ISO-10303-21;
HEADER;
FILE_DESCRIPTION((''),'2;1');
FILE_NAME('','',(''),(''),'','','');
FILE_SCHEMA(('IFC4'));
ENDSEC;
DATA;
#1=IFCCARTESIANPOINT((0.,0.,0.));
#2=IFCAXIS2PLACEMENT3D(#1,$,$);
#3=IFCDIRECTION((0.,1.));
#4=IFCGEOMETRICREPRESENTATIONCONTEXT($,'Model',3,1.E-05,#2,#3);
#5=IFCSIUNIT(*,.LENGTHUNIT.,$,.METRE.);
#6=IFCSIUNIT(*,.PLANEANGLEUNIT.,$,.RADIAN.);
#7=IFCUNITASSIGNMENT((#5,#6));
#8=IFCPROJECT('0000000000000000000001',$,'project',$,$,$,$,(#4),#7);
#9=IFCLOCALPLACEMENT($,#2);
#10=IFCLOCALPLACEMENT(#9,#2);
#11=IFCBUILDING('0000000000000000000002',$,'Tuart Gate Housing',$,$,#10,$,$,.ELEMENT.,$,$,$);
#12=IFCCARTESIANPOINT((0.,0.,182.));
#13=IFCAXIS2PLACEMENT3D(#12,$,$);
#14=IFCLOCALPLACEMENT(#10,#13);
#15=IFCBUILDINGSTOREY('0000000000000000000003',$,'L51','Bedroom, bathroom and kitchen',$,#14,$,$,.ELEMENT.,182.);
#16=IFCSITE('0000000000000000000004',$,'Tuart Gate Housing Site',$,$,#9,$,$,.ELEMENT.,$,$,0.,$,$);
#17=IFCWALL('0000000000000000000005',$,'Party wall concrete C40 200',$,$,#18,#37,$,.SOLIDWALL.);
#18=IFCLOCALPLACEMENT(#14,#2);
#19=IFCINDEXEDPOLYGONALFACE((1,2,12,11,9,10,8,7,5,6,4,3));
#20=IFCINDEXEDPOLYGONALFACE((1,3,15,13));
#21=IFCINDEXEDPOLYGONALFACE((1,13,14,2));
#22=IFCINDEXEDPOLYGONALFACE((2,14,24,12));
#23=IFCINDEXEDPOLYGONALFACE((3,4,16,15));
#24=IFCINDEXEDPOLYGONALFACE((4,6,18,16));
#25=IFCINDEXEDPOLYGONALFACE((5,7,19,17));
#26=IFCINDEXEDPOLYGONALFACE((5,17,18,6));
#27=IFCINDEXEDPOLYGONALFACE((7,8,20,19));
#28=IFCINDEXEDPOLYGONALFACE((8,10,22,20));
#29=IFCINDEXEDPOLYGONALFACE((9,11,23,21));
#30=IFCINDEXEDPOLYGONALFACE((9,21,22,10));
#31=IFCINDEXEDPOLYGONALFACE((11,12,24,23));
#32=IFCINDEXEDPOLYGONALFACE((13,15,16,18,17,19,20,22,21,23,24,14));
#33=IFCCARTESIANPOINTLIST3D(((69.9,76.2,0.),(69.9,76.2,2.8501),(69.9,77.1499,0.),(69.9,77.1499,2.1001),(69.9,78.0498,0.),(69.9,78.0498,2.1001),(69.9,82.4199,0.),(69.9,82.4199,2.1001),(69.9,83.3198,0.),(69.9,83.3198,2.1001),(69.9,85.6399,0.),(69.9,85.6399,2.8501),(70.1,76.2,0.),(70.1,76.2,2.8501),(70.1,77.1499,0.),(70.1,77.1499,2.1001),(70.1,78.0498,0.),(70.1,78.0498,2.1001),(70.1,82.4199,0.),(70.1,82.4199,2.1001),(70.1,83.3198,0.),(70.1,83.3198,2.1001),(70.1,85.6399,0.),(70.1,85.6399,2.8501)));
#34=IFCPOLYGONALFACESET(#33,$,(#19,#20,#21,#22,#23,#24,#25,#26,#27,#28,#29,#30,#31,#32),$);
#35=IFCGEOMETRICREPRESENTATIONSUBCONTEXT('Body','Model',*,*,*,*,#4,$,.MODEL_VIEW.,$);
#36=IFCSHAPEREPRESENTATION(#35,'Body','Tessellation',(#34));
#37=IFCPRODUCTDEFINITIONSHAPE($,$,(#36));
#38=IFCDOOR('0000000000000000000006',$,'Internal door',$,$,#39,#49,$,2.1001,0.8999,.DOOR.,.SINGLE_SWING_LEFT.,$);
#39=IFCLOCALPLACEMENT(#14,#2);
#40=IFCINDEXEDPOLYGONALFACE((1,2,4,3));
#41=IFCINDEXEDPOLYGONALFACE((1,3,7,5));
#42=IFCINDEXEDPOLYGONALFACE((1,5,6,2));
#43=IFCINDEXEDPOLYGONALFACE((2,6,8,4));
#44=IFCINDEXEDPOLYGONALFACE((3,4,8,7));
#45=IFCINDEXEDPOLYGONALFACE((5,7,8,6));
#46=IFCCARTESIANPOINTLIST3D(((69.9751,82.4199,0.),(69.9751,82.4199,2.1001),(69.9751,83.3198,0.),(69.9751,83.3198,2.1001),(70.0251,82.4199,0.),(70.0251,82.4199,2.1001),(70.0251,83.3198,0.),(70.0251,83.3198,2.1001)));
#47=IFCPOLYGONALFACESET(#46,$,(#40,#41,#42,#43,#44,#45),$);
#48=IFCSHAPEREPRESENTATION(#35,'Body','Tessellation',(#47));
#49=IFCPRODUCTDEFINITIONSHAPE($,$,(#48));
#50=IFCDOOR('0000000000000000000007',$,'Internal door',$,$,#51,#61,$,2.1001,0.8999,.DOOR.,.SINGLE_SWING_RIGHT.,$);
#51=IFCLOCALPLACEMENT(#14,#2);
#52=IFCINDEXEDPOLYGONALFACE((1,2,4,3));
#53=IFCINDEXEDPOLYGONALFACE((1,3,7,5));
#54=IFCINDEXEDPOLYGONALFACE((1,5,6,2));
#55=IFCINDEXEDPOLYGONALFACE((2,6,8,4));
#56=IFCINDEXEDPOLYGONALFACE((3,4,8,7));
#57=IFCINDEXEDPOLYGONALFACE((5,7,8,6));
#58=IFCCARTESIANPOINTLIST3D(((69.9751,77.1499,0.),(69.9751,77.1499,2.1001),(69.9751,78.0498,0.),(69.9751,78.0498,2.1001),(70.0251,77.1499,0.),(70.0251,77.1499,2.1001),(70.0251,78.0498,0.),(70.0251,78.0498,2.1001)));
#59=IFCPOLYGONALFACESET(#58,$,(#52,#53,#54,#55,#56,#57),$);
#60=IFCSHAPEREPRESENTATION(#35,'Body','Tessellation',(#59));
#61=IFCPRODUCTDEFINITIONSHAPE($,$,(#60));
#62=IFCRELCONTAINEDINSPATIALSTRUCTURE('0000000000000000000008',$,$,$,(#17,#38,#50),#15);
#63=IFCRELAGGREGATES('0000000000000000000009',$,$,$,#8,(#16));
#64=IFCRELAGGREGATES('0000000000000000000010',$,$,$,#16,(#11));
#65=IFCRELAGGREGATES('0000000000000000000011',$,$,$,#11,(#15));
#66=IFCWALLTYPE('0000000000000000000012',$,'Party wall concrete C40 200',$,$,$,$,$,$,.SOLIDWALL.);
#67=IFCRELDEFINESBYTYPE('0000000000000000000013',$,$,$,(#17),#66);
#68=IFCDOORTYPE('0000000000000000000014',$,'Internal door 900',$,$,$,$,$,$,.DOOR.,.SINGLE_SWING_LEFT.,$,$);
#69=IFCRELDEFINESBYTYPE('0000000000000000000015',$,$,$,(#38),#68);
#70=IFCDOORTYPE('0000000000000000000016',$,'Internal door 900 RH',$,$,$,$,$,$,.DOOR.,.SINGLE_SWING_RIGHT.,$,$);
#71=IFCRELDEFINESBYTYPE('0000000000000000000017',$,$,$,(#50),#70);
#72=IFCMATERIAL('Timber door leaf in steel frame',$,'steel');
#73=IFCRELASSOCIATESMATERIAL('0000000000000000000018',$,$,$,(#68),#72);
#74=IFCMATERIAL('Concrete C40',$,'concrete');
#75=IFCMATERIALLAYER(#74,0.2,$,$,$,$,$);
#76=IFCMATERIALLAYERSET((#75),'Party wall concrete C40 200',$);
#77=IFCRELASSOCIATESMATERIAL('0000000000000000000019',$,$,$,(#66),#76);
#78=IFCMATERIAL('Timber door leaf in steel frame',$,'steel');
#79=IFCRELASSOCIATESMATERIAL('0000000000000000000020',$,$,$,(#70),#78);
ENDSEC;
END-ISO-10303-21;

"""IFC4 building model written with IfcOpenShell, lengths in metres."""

from ifc_helpers import new_model, si_unit, direction, frame, frame_2d, origin, place, context, subcontext, project, spatial, rectangle, extrude, material, layer, layer_set, type_object, element, fill, save


model = new_model("IFC4")

# Units and contexts
model_context = context("Model", 3, precision=1e-05, world=origin(), true_north=direction((0.0, 1.0)))
body_context = subcontext(model_context, "Body", "Model", "MODEL_VIEW")
ifc_project = project(units=[si_unit("LENGTHUNIT", "METRE"), si_unit("PLANEANGLEUNIT", "RADIAN")], contexts=[model_context])

# Site, building, storey
site_placement = place(None, origin())
site = spatial("IfcSite", under=ifc_project, at=site_placement, Name="Tuart Gate Housing Site", CompositionType="ELEMENT", RefElevation=0.0)
building_placement = place(site_placement, origin())
building = spatial("IfcBuilding", under=site, at=building_placement, Name="Tuart Gate Housing", CompositionType="ELEMENT")
storey_placement = place(building_placement, frame((0.0, 0.0, 182.0)))
storey = spatial("IfcBuildingStorey", under=building, at=storey_placement, Name="L51", Description="Bedroom, bathroom and kitchen", CompositionType="ELEMENT", Elevation=182.0)

# Shared definitions
ifc_material_1 = material(Name="Timber door leaf in steel frame", Category="steel")
door_type_1 = type_object("IfcDoorType", Name="Internal door 900", OperationType="SINGLE_SWING_LEFT", PredefinedType="DOOR", material=ifc_material_1)

# Shared definitions
ifc_material_2 = material(Name="Concrete C40", Category="concrete")
ifc_layer_1 = layer(ifc_material_2, 0.2)
ifc_layer_set_1 = layer_set([ifc_layer_1], Name="Party wall concrete C40 200")
wall_type_1 = type_object("IfcWallType", Name="Party wall concrete C40 200", PredefinedType="SOLIDWALL", material=ifc_layer_set_1)

# Wall, openings, doors
wall_1_placement = place(storey_placement, frame((70.0, 76.2, 0.0), z_axis=(0.0, 0.0, 1.0), x_axis=(0.0, 1.0, 0.0)))
wall_1 = element("IfcWall", 1, at=wall_1_placement, inside=storey, type_object=wall_type_1, Name="Party wall concrete C40 200", PredefinedType="SOLIDWALL", context=body_context, shape_type="SweptSolid", body=[
    extrude(rectangle(XDim=9.4399, YDim=0.2, at=frame_2d((4.72, 0.0))), origin(), (0.0, 0.0, 1.0), 2.8501),
])
opening_1_placement = place(wall_1_placement, frame((6.22, 0.0, 0.0)))
opening_1 = element("IfcOpeningElement", 2, at=opening_1_placement, cuts=wall_1, PredefinedType="OPENING", context=body_context, shape_type="SweptSolid", body=[
    extrude(rectangle(XDim=0.8999, YDim=2.1001, at=frame_2d((0.45, 1.05))), frame((0.0, 0.1099, 0.0), z_axis=(0.0, -1.0, 0.0), x_axis=(1.0, 0.0, 0.0)), (0.0, 0.0, 1.0), 0.22),
])
opening_2_placement = place(wall_1_placement, frame((0.95, 0.0, 0.0)))
opening_2 = element("IfcOpeningElement", 3, at=opening_2_placement, cuts=wall_1, PredefinedType="OPENING", context=body_context, shape_type="SweptSolid", body=[
    extrude(rectangle(XDim=0.8999, YDim=2.1001, at=frame_2d((0.45, 1.05))), frame((0.0, 0.1099, 0.0), z_axis=(0.0, -1.0, 0.0), x_axis=(1.0, 0.0, 0.0)), (0.0, 0.0, 1.0), 0.22),
])
door_1_placement = place(opening_1_placement, frame((0.8999, 0.0, 0.0), z_axis=(0.0, 0.0, 1.0), x_axis=(-1.0, 0.0, 0.0)))
door_1 = element("IfcDoor", 4, at=door_1_placement, inside=storey, type_object=door_type_1, Name="Internal door", OperationType="SINGLE_SWING_LEFT", OverallHeight=2.1001, OverallWidth=0.8999, PredefinedType="DOOR", context=body_context, shape_type="SweptSolid", body=[
    extrude(rectangle(XDim=0.8999, YDim=2.1001, at=frame_2d((0.45, 1.05))), frame((0.0, 0.0251, 0.0), z_axis=(0.0, -1.0, 0.0), x_axis=(1.0, 0.0, 0.0)), (0.0, 0.0, 1.0), 0.05),
])
fill(opening_1, door_1)
ifc_material_3 = material(Name="Timber door leaf in steel frame", Category="steel")
door_type_2 = type_object("IfcDoorType", Name="Internal door 900 RH", OperationType="SINGLE_SWING_RIGHT", PredefinedType="DOOR", material=ifc_material_3)
door_2_placement = place(opening_2_placement, frame((0.8999, 0.0, 0.0), z_axis=(0.0, 0.0, 1.0), x_axis=(-1.0, 0.0, 0.0)))
door_2 = element("IfcDoor", 5, at=door_2_placement, inside=storey, type_object=door_type_2, Name="Internal door", OperationType="SINGLE_SWING_RIGHT", OverallHeight=2.1001, OverallWidth=0.8999, PredefinedType="DOOR", context=body_context, shape_type="SweptSolid", body=[
    extrude(rectangle(XDim=0.8999, YDim=2.1001, at=frame_2d((0.45, 1.05))), frame((0.0, 0.0251, 0.0), z_axis=(0.0, -1.0, 0.0), x_axis=(1.0, 0.0, 0.0)), (0.0, 0.0, 1.0), 0.05),
])
fill(opening_2, door_2)

save(model, "model.ifc")
